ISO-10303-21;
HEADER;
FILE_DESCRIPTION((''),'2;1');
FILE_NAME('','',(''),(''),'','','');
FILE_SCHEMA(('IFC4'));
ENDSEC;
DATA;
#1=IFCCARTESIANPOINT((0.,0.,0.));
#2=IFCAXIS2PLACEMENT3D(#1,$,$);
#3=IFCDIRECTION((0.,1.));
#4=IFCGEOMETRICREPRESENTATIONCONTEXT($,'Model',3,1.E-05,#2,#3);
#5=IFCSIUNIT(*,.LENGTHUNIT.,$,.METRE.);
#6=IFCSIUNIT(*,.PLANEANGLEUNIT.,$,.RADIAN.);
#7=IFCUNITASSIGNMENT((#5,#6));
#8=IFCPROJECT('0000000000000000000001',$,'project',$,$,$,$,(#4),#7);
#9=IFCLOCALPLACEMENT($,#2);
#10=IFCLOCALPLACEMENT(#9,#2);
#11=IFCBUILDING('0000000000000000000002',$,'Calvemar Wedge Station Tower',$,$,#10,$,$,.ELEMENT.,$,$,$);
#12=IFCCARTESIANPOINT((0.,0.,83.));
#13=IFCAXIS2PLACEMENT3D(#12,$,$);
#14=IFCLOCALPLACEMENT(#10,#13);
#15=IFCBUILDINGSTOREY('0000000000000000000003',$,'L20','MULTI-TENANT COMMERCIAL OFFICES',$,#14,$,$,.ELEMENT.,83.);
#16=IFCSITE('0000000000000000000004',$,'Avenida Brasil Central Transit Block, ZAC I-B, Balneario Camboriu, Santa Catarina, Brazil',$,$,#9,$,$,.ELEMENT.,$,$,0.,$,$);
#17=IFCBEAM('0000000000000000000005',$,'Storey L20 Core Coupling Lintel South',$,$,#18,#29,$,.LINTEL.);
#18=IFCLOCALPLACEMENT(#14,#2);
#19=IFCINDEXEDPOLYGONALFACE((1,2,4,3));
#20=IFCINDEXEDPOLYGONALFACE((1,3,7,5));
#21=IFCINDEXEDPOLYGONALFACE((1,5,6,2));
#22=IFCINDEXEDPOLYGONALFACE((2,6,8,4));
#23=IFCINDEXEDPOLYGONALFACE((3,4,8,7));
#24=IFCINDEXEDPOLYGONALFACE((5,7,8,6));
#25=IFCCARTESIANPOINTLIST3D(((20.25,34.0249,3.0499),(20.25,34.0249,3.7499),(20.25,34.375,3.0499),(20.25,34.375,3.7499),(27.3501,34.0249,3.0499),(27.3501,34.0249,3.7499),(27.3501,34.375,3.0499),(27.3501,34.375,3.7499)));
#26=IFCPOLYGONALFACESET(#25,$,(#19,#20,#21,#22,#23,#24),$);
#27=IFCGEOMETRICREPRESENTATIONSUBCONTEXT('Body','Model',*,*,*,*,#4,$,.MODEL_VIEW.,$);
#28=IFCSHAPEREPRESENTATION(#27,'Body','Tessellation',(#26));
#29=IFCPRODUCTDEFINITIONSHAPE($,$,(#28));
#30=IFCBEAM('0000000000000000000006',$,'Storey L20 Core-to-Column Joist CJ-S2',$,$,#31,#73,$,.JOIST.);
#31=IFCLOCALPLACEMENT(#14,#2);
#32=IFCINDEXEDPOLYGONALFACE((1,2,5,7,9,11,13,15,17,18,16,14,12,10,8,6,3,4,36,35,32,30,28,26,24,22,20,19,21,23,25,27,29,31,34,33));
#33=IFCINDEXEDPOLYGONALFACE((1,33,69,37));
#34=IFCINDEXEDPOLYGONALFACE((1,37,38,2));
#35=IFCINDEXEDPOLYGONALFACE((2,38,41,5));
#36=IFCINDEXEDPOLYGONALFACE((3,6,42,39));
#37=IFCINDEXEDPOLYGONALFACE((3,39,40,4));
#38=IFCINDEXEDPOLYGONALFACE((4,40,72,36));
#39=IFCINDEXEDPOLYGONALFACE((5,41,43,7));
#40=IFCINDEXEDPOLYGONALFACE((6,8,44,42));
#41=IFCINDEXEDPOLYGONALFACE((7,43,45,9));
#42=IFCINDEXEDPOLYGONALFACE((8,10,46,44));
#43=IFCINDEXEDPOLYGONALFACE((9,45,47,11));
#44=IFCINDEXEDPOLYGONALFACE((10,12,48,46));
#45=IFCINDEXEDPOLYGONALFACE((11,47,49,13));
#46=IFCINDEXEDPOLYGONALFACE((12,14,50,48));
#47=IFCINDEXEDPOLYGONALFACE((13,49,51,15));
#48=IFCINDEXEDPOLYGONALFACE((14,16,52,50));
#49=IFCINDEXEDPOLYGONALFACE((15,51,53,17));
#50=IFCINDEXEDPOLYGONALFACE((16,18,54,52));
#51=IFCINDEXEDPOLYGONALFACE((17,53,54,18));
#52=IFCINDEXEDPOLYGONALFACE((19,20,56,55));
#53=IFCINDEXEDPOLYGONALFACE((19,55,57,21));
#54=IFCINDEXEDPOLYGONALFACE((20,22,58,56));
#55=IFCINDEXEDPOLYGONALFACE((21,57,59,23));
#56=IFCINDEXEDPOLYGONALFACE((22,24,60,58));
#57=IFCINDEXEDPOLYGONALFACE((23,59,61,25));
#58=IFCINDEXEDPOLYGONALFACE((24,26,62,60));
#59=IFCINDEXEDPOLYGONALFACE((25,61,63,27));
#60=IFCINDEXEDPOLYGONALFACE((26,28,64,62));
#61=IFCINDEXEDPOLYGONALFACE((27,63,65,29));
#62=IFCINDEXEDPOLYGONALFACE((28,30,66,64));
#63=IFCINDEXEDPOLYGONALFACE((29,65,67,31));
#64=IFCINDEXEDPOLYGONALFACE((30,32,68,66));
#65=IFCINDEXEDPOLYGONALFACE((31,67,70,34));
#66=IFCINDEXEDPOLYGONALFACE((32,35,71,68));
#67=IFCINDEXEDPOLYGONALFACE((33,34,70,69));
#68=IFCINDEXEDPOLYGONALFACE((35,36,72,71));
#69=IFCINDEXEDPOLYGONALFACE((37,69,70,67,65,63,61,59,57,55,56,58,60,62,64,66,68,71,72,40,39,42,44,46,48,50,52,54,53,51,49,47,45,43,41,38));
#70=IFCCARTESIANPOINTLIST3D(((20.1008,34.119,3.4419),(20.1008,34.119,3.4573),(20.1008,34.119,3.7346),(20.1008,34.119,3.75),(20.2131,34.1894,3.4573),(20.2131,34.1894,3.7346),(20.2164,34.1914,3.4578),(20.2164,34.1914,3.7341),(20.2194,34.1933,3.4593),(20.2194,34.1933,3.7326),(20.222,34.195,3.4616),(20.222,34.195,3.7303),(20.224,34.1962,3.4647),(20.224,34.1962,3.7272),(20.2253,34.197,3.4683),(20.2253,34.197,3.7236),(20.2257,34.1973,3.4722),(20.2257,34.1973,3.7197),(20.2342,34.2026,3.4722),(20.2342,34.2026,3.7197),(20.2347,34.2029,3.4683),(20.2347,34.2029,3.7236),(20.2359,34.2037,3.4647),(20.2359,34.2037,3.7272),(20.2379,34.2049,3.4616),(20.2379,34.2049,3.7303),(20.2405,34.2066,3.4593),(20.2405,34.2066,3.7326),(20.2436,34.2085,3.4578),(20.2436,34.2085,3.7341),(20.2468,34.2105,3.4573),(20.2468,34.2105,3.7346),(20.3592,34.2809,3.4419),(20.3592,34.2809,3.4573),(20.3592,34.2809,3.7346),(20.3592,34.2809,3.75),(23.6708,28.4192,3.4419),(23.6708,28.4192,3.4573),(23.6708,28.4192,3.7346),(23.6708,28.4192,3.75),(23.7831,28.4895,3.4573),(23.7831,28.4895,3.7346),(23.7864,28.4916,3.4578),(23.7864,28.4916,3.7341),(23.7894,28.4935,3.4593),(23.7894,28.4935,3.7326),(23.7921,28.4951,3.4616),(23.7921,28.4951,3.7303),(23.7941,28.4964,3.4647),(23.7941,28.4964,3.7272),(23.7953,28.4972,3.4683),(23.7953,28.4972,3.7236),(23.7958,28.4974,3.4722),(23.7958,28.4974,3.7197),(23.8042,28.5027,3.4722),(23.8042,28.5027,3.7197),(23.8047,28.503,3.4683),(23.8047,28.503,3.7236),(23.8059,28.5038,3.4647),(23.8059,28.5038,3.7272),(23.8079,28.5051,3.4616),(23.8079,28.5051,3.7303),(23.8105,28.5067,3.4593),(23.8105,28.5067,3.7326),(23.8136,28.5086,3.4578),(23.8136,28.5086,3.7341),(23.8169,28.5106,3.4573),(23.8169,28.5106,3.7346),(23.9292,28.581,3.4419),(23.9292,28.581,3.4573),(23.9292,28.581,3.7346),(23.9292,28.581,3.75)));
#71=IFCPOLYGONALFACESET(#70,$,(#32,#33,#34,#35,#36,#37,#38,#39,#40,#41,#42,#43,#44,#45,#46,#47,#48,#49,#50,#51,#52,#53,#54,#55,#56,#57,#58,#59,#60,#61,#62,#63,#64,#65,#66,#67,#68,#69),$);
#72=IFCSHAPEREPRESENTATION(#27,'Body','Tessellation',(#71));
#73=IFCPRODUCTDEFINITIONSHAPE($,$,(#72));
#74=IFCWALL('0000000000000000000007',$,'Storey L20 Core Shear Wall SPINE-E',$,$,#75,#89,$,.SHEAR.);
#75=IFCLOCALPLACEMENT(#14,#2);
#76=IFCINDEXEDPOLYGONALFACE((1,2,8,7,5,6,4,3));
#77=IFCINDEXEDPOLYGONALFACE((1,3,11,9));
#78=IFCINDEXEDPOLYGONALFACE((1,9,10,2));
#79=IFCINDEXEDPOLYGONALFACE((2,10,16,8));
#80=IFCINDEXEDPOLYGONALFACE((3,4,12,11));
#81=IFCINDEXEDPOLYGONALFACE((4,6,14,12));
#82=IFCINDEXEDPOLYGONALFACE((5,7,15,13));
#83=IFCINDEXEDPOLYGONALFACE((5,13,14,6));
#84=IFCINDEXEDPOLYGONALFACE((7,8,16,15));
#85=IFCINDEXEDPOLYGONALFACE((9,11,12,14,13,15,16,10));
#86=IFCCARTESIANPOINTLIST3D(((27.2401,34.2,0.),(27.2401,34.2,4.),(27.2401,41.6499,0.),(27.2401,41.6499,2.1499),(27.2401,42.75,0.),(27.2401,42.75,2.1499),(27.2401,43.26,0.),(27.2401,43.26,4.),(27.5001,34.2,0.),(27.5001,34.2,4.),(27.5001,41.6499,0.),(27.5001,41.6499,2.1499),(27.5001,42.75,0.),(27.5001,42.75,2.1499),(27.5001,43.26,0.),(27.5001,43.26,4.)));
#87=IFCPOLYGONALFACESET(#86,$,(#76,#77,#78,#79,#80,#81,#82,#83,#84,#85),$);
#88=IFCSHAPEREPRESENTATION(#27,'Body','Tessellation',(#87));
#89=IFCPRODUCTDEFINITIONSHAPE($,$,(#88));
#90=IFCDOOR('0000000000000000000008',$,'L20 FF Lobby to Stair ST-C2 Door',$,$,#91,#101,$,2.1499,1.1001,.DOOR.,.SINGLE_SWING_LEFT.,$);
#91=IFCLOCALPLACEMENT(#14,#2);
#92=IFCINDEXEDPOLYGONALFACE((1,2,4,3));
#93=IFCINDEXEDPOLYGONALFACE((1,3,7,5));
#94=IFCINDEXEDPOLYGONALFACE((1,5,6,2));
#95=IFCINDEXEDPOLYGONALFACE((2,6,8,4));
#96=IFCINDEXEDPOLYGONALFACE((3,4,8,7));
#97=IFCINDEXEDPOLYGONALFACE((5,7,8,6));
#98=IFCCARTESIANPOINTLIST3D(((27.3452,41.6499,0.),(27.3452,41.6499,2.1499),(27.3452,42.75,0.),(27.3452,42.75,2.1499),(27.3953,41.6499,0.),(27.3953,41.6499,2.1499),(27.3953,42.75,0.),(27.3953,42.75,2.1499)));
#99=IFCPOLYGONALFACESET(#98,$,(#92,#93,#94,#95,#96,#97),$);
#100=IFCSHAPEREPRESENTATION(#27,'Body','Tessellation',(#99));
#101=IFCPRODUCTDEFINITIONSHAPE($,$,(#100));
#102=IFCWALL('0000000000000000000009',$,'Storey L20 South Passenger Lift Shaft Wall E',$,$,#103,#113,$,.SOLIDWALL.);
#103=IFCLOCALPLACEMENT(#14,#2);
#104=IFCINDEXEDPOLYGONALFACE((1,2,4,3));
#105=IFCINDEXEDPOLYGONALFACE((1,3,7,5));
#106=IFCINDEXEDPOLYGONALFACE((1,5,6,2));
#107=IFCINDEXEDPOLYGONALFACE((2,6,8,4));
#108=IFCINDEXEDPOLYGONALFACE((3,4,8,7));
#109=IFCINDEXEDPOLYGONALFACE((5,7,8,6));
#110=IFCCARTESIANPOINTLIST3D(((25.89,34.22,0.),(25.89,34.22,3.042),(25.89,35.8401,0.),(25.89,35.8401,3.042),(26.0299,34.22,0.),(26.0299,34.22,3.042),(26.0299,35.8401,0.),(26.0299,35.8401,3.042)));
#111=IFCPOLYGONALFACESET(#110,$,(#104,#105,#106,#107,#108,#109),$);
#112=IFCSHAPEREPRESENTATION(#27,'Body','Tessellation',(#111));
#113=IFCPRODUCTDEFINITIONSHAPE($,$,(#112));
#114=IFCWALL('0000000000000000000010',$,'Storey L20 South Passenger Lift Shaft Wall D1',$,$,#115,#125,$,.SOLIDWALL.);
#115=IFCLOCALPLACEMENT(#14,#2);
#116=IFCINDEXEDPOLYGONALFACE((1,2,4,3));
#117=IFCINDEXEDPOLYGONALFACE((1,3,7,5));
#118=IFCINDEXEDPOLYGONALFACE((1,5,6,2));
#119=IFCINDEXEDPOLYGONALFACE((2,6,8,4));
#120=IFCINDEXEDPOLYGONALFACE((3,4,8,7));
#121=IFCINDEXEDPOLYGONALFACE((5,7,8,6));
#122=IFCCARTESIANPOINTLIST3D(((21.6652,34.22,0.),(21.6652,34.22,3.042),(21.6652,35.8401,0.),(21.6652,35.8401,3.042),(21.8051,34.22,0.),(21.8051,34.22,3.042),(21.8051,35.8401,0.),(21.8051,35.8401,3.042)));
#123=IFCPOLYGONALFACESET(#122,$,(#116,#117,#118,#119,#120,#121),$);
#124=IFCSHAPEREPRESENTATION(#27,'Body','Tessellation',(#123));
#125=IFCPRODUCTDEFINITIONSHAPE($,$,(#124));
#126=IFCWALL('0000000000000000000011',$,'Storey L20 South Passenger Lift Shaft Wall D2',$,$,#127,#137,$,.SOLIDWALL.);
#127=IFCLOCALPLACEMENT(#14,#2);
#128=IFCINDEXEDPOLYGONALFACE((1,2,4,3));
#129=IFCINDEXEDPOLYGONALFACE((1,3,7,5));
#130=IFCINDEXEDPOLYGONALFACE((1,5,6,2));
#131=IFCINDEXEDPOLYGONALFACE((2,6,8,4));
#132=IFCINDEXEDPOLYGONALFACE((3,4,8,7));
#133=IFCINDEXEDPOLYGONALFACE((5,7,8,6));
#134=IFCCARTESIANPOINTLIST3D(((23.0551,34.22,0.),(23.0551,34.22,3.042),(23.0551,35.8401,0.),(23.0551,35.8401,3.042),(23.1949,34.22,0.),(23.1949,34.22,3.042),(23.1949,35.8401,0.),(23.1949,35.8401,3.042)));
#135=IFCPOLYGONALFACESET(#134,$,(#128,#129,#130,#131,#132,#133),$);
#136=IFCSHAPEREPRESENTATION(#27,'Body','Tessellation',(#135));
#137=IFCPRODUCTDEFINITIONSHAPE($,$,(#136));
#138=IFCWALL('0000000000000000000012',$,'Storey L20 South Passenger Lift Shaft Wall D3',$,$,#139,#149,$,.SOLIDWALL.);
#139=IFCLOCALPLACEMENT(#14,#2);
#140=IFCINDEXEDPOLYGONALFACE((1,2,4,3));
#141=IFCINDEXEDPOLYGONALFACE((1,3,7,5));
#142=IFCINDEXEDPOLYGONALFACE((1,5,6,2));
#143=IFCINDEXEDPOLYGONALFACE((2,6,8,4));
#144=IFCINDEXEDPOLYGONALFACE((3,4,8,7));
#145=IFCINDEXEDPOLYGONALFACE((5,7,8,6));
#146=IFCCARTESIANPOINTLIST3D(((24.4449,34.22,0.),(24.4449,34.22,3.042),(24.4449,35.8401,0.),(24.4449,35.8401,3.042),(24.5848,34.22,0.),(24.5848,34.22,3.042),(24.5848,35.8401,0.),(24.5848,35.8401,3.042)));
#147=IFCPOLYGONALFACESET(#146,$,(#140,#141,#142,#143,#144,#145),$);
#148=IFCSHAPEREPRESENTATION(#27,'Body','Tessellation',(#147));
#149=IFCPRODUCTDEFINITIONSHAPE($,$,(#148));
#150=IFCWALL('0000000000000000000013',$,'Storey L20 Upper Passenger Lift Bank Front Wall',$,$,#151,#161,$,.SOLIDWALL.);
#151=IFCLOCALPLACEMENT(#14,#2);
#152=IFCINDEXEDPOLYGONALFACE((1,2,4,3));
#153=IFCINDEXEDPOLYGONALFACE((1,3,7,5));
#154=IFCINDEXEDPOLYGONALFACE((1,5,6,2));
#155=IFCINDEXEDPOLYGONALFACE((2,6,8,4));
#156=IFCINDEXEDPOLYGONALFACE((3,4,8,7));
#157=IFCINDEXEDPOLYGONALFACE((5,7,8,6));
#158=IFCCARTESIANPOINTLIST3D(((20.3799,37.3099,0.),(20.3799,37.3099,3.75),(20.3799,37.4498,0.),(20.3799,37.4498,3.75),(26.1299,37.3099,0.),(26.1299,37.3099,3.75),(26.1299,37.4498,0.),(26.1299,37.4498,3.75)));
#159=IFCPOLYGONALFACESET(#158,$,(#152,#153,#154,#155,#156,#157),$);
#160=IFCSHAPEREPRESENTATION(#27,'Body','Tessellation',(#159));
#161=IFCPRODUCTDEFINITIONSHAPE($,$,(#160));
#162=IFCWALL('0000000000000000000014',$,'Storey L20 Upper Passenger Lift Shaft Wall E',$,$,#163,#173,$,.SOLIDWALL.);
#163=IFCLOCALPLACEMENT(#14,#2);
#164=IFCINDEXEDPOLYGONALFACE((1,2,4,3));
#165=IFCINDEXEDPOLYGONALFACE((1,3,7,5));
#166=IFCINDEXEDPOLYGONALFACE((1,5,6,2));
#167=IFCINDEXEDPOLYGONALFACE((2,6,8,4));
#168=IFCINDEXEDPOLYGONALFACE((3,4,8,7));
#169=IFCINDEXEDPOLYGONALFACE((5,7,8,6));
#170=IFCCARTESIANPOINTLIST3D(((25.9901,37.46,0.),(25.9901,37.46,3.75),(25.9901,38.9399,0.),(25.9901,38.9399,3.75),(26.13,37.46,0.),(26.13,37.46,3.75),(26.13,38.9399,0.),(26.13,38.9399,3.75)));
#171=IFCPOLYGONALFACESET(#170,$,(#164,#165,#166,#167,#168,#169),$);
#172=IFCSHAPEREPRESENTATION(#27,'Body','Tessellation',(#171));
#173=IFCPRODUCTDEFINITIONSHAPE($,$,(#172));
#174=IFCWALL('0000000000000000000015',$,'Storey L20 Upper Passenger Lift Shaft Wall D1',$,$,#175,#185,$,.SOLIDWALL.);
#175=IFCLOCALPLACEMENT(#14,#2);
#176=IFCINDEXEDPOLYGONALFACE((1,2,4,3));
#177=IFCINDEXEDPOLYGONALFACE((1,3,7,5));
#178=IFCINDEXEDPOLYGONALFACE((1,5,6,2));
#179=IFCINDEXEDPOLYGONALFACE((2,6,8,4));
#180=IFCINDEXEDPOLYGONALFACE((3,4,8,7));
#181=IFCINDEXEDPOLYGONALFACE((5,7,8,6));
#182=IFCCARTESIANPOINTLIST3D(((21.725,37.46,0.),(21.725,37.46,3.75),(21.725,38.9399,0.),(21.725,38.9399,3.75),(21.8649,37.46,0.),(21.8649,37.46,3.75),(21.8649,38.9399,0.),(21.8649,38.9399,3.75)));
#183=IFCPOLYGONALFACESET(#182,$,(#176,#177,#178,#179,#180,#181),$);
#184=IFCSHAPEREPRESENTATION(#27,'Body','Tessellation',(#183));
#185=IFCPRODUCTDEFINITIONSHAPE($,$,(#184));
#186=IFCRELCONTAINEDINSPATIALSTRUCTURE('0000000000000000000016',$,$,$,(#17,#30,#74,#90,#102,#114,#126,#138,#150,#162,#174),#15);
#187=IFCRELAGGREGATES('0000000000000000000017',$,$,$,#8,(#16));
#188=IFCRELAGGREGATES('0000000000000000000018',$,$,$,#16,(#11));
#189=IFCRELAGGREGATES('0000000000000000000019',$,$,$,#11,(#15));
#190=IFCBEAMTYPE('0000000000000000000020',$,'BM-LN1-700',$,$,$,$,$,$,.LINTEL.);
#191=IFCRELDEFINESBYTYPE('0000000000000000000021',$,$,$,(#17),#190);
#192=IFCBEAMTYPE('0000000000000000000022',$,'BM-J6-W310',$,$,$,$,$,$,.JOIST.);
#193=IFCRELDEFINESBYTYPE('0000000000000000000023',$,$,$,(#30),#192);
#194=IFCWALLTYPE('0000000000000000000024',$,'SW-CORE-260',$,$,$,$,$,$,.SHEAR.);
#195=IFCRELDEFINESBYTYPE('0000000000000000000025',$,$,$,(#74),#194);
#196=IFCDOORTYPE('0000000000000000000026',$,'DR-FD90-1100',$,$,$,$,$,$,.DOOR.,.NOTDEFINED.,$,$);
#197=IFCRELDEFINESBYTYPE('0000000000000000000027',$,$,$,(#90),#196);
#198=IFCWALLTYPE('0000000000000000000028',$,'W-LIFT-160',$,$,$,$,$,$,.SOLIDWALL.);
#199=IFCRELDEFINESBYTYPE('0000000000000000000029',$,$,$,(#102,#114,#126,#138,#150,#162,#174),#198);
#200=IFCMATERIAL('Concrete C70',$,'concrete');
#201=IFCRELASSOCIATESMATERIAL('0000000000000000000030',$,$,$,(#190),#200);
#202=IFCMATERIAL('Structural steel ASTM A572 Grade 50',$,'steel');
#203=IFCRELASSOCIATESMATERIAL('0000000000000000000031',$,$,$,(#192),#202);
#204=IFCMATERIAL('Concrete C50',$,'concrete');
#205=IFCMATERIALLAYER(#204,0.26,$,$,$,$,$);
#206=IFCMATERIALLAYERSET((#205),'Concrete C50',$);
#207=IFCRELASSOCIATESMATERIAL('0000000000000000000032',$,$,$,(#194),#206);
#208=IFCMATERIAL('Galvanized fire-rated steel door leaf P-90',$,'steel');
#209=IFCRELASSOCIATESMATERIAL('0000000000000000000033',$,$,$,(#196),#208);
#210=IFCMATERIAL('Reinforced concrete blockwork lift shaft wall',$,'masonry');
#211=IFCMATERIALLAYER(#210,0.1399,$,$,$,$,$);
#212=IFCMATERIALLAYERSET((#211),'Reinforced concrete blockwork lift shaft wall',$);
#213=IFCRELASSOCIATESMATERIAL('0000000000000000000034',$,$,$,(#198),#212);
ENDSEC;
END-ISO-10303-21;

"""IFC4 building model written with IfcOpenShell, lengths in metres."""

from ifc_helpers import new_model, si_unit, direction, frame, frame_2d, origin, origin_2d, place, context, subcontext, project, spatial, rectangle, i_section, extrude, source, transform, mapped, material, layer, layer_set, material_profile, profile_set, type_object, element, fill, save


model = new_model("IFC4")

# Units and contexts
model_context = context("Model", 3, precision=1e-05, world=origin(), true_north=direction((0.0, 1.0)))
body_context = subcontext(model_context, "Body", "Model", "MODEL_VIEW")
ifc_project = project(units=[si_unit("LENGTHUNIT", "METRE"), si_unit("PLANEANGLEUNIT", "RADIAN")], contexts=[model_context])

# Site, building, storey
site_placement = place(None, origin())
site = spatial("IfcSite", under=ifc_project, at=site_placement, Name="Avenida Brasil Central Transit Block, ZAC I-B, Balneario Camboriu, Santa Catarina, Brazil", CompositionType="ELEMENT", RefElevation=0.0)
building_placement = place(site_placement, origin())
building = spatial("IfcBuilding", under=site, at=building_placement, Name="Calvemar Wedge Station Tower", CompositionType="ELEMENT")
storey_placement = place(building_placement, frame((0.0, 0.0, 83.0)))
storey = spatial("IfcBuildingStorey", under=building, at=storey_placement, Name="L20", Description="MULTI-TENANT COMMERCIAL OFFICES", CompositionType="ELEMENT", Elevation=83.0)

# Beams
ifc_material_1 = material(Name="Concrete C70", Category="concrete")
ifc_material_profile_1 = material_profile(ifc_material_1, rectangle(XDim=0.3501, YDim=0.7, at=origin_2d()), Name="RC350x700")
ifc_profile_set_1 = profile_set([ifc_material_profile_1], Name="Concrete C70")
beam_type_1 = type_object("IfcBeamType", Name="BM-LN1-700", PredefinedType="LINTEL", material=ifc_profile_set_1)
shared_shape_1 = source(origin(), body_context, "Body", "SweptSolid", [
    extrude(rectangle(XDim=0.3501, YDim=0.7, at=origin_2d()), origin(), (0.0, 0.0, 1.0), 7.1001),
])
beam_1_placement = place(storey_placement, frame((20.25, 34.2, 3.3999), z_axis=(1.0, 0.0, 0.0), x_axis=(0.0, 1.0, 0.0)))
element("IfcBeam", 1, at=beam_1_placement, inside=storey, type_object=beam_type_1, Name="Storey L20 Core Coupling Lintel South", PredefinedType="LINTEL", context=body_context, shape_type="MappedRepresentation", body=[
    mapped(shared_shape_1, transform((0.0, 0.0, 0.0), scale=1.0)),
])
ifc_material_2 = material(Name="Structural steel ASTM A572 Grade 50", Category="steel")
ifc_material_profile_2 = material_profile(ifc_material_2, i_section(OverallWidth=0.3049, OverallDepth=0.3081, WebThickness=0.01, FlangeThickness=0.0154, FilletRadius=0.0149, at=origin_2d()), Name="W310x97")
ifc_profile_set_2 = profile_set([ifc_material_profile_2], Name="Structural steel ASTM A572 Grade 50")
beam_type_2 = type_object("IfcBeamType", Name="BM-J6-W310", PredefinedType="JOIST", material=ifc_profile_set_2)
shared_shape_2 = source(origin(), body_context, "Body", "SweptSolid", [
    extrude(i_section(OverallWidth=0.3049, OverallDepth=0.3081, WebThickness=0.01, FlangeThickness=0.0154, FilletRadius=0.0149, at=origin_2d()), origin(), (0.0, 0.0, 1.0), 6.7256),
])
beam_2_placement = place(storey_placement, frame((20.23, 34.2, 3.5959), z_axis=(0.530811, -0.84749, 0.0), x_axis=(0.84749, 0.530811, 0.0)))
element("IfcBeam", 2, at=beam_2_placement, inside=storey, type_object=beam_type_2, Name="Storey L20 Core-to-Column Joist CJ-S2", PredefinedType="JOIST", context=body_context, shape_type="MappedRepresentation", body=[
    mapped(shared_shape_2, transform((0.0, 0.0, 0.0), scale=1.0)),
])

# Wall, opening, door
ifc_material_3 = material(Name="Concrete C50", Category="concrete")
ifc_layer_1 = layer(ifc_material_3, 0.26)
ifc_layer_set_1 = layer_set([ifc_layer_1], Name="Concrete C50")
wall_type_1 = type_object("IfcWallType", Name="SW-CORE-260", PredefinedType="SHEAR", material=ifc_layer_set_1)
wall_1_placement = place(storey_placement, frame((27.3701, 34.2, 0.0), z_axis=(0.0, 0.0, 1.0), x_axis=(0.0, 1.0, 0.0)))
wall_1 = element("IfcWall", 3, at=wall_1_placement, inside=storey, type_object=wall_type_1, Name="Storey L20 Core Shear Wall SPINE-E", PredefinedType="SHEAR", context=body_context, shape_type="SweptSolid", body=[
    extrude(rectangle(XDim=9.0601, YDim=0.26, at=frame_2d((4.53, 0.0))), origin(), (0.0, 0.0, 1.0), 4.0),
])
shared_shape_3 = source(origin(), body_context, "Body", "SweptSolid", [
    extrude(rectangle(XDim=1.1001, YDim=2.1499, at=frame_2d((0.55, 1.075))), frame((0.0, 0.1401, 0.0), z_axis=(0.0, -1.0, 0.0), x_axis=(1.0, 0.0, 0.0)), (0.0, 0.0, 1.0), 0.28),
])
opening_1_placement = place(wall_1_placement, frame((7.45, 0.0, 0.0)))
opening_1 = element("IfcOpeningElement", 4, at=opening_1_placement, cuts=wall_1, PredefinedType="OPENING", context=body_context, shape_type="MappedRepresentation", body=[
    mapped(shared_shape_3, transform((0.0, 0.0, 0.0), scale=1.0)),
])
ifc_material_4 = material(Name="Galvanized fire-rated steel door leaf P-90", Category="steel")
door_type_1 = type_object("IfcDoorType", Name="DR-FD90-1100", OperationType="NOTDEFINED", PredefinedType="DOOR", material=ifc_material_4)
shared_shape_4 = source(origin(), body_context, "Body", "SweptSolid", [
    extrude(rectangle(XDim=1.1001, YDim=2.1499, at=frame_2d((0.55, 1.075))), frame((0.0, 0.0249, 0.0), z_axis=(0.0, -1.0, 0.0), x_axis=(1.0, 0.0, 0.0)), (0.0, 0.0, 1.0), 0.05),
])
door_1_placement = place(opening_1_placement, origin())
door_1 = element("IfcDoor", 5, at=door_1_placement, inside=storey, type_object=door_type_1, Name="L20 FF Lobby to Stair ST-C2 Door", OperationType="SINGLE_SWING_LEFT", OverallHeight=2.1499, OverallWidth=1.1001, PredefinedType="DOOR", context=body_context, shape_type="MappedRepresentation", body=[
    mapped(shared_shape_4, transform((0.0, 0.0, 0.0), scale=1.0)),
])
fill(opening_1, door_1)

# Shared definitions
ifc_material_5 = material(Name="Reinforced concrete blockwork lift shaft wall", Category="masonry")
ifc_layer_2 = layer(ifc_material_5, 0.1399)
ifc_layer_set_2 = layer_set([ifc_layer_2], Name="Reinforced concrete blockwork lift shaft wall")
wall_type_2 = type_object("IfcWallType", Name="W-LIFT-160", PredefinedType="SOLIDWALL", material=ifc_layer_set_2)

# Walls
for number, where, z_axis, x_axis, name in (
    (6, (25.96, 34.22, 0.0), (0.0, 0.0, 1.0), (0.0, 1.0, 0.0), "Storey L20 South Passenger Lift Shaft Wall E"),
    (7, (21.7351, 34.22, 0.0), (0.0, 0.0, 1.0), (0.0, 1.0, 0.0), "Storey L20 South Passenger Lift Shaft Wall D1"),
    (8, (23.125, 34.22, 0.0), (0.0, 0.0, 1.0), (0.0, 1.0, 0.0), "Storey L20 South Passenger Lift Shaft Wall D2"),
    (9, (24.5149, 34.22, 0.0), (0.0, 0.0, 1.0), (0.0, 1.0, 0.0), "Storey L20 South Passenger Lift Shaft Wall D3"),
):
    element("IfcWall", number, at=place(storey_placement, frame(where, z_axis=z_axis, x_axis=x_axis)), inside=storey, type_object=wall_type_2, Name=name, PredefinedType="SOLIDWALL", context=body_context, shape_type="SweptSolid", body=[
        extrude(rectangle(XDim=1.6201, YDim=0.1399, at=frame_2d((0.8101, 0.0))), origin(), (0.0, 0.0, 1.0), 3.042),
    ])
wall_2_placement = place(storey_placement, frame((20.3799, 37.3799, 0.0), z_axis=(0.0, 0.0, 1.0), x_axis=(1.0, 0.0, 0.0)))
element("IfcWall", 10, at=wall_2_placement, inside=storey, type_object=wall_type_2, Name="Storey L20 Upper Passenger Lift Bank Front Wall", PredefinedType="SOLIDWALL", context=body_context, shape_type="SweptSolid", body=[
    extrude(rectangle(XDim=5.75, YDim=0.1399, at=frame_2d((2.875, 0.0))), origin(), (0.0, 0.0, 1.0), 3.75),
])
for number, where, z_axis, x_axis, name in (
    (11, (26.0601, 37.46, 0.0), (0.0, 0.0, 1.0), (0.0, 1.0, 0.0), "Storey L20 Upper Passenger Lift Shaft Wall E"),
    (12, (21.7949, 37.46, 0.0), (0.0, 0.0, 1.0), (0.0, 1.0, 0.0), "Storey L20 Upper Passenger Lift Shaft Wall D1"),
):
    element("IfcWall", number, at=place(storey_placement, frame(where, z_axis=z_axis, x_axis=x_axis)), inside=storey, type_object=wall_type_2, Name=name, PredefinedType="SOLIDWALL", context=body_context, shape_type="SweptSolid", body=[
        extrude(rectangle(XDim=1.48, YDim=0.1399, at=frame_2d((0.74, 0.0))), origin(), (0.0, 0.0, 1.0), 3.75),
    ])

save(model, "model.ifc")
